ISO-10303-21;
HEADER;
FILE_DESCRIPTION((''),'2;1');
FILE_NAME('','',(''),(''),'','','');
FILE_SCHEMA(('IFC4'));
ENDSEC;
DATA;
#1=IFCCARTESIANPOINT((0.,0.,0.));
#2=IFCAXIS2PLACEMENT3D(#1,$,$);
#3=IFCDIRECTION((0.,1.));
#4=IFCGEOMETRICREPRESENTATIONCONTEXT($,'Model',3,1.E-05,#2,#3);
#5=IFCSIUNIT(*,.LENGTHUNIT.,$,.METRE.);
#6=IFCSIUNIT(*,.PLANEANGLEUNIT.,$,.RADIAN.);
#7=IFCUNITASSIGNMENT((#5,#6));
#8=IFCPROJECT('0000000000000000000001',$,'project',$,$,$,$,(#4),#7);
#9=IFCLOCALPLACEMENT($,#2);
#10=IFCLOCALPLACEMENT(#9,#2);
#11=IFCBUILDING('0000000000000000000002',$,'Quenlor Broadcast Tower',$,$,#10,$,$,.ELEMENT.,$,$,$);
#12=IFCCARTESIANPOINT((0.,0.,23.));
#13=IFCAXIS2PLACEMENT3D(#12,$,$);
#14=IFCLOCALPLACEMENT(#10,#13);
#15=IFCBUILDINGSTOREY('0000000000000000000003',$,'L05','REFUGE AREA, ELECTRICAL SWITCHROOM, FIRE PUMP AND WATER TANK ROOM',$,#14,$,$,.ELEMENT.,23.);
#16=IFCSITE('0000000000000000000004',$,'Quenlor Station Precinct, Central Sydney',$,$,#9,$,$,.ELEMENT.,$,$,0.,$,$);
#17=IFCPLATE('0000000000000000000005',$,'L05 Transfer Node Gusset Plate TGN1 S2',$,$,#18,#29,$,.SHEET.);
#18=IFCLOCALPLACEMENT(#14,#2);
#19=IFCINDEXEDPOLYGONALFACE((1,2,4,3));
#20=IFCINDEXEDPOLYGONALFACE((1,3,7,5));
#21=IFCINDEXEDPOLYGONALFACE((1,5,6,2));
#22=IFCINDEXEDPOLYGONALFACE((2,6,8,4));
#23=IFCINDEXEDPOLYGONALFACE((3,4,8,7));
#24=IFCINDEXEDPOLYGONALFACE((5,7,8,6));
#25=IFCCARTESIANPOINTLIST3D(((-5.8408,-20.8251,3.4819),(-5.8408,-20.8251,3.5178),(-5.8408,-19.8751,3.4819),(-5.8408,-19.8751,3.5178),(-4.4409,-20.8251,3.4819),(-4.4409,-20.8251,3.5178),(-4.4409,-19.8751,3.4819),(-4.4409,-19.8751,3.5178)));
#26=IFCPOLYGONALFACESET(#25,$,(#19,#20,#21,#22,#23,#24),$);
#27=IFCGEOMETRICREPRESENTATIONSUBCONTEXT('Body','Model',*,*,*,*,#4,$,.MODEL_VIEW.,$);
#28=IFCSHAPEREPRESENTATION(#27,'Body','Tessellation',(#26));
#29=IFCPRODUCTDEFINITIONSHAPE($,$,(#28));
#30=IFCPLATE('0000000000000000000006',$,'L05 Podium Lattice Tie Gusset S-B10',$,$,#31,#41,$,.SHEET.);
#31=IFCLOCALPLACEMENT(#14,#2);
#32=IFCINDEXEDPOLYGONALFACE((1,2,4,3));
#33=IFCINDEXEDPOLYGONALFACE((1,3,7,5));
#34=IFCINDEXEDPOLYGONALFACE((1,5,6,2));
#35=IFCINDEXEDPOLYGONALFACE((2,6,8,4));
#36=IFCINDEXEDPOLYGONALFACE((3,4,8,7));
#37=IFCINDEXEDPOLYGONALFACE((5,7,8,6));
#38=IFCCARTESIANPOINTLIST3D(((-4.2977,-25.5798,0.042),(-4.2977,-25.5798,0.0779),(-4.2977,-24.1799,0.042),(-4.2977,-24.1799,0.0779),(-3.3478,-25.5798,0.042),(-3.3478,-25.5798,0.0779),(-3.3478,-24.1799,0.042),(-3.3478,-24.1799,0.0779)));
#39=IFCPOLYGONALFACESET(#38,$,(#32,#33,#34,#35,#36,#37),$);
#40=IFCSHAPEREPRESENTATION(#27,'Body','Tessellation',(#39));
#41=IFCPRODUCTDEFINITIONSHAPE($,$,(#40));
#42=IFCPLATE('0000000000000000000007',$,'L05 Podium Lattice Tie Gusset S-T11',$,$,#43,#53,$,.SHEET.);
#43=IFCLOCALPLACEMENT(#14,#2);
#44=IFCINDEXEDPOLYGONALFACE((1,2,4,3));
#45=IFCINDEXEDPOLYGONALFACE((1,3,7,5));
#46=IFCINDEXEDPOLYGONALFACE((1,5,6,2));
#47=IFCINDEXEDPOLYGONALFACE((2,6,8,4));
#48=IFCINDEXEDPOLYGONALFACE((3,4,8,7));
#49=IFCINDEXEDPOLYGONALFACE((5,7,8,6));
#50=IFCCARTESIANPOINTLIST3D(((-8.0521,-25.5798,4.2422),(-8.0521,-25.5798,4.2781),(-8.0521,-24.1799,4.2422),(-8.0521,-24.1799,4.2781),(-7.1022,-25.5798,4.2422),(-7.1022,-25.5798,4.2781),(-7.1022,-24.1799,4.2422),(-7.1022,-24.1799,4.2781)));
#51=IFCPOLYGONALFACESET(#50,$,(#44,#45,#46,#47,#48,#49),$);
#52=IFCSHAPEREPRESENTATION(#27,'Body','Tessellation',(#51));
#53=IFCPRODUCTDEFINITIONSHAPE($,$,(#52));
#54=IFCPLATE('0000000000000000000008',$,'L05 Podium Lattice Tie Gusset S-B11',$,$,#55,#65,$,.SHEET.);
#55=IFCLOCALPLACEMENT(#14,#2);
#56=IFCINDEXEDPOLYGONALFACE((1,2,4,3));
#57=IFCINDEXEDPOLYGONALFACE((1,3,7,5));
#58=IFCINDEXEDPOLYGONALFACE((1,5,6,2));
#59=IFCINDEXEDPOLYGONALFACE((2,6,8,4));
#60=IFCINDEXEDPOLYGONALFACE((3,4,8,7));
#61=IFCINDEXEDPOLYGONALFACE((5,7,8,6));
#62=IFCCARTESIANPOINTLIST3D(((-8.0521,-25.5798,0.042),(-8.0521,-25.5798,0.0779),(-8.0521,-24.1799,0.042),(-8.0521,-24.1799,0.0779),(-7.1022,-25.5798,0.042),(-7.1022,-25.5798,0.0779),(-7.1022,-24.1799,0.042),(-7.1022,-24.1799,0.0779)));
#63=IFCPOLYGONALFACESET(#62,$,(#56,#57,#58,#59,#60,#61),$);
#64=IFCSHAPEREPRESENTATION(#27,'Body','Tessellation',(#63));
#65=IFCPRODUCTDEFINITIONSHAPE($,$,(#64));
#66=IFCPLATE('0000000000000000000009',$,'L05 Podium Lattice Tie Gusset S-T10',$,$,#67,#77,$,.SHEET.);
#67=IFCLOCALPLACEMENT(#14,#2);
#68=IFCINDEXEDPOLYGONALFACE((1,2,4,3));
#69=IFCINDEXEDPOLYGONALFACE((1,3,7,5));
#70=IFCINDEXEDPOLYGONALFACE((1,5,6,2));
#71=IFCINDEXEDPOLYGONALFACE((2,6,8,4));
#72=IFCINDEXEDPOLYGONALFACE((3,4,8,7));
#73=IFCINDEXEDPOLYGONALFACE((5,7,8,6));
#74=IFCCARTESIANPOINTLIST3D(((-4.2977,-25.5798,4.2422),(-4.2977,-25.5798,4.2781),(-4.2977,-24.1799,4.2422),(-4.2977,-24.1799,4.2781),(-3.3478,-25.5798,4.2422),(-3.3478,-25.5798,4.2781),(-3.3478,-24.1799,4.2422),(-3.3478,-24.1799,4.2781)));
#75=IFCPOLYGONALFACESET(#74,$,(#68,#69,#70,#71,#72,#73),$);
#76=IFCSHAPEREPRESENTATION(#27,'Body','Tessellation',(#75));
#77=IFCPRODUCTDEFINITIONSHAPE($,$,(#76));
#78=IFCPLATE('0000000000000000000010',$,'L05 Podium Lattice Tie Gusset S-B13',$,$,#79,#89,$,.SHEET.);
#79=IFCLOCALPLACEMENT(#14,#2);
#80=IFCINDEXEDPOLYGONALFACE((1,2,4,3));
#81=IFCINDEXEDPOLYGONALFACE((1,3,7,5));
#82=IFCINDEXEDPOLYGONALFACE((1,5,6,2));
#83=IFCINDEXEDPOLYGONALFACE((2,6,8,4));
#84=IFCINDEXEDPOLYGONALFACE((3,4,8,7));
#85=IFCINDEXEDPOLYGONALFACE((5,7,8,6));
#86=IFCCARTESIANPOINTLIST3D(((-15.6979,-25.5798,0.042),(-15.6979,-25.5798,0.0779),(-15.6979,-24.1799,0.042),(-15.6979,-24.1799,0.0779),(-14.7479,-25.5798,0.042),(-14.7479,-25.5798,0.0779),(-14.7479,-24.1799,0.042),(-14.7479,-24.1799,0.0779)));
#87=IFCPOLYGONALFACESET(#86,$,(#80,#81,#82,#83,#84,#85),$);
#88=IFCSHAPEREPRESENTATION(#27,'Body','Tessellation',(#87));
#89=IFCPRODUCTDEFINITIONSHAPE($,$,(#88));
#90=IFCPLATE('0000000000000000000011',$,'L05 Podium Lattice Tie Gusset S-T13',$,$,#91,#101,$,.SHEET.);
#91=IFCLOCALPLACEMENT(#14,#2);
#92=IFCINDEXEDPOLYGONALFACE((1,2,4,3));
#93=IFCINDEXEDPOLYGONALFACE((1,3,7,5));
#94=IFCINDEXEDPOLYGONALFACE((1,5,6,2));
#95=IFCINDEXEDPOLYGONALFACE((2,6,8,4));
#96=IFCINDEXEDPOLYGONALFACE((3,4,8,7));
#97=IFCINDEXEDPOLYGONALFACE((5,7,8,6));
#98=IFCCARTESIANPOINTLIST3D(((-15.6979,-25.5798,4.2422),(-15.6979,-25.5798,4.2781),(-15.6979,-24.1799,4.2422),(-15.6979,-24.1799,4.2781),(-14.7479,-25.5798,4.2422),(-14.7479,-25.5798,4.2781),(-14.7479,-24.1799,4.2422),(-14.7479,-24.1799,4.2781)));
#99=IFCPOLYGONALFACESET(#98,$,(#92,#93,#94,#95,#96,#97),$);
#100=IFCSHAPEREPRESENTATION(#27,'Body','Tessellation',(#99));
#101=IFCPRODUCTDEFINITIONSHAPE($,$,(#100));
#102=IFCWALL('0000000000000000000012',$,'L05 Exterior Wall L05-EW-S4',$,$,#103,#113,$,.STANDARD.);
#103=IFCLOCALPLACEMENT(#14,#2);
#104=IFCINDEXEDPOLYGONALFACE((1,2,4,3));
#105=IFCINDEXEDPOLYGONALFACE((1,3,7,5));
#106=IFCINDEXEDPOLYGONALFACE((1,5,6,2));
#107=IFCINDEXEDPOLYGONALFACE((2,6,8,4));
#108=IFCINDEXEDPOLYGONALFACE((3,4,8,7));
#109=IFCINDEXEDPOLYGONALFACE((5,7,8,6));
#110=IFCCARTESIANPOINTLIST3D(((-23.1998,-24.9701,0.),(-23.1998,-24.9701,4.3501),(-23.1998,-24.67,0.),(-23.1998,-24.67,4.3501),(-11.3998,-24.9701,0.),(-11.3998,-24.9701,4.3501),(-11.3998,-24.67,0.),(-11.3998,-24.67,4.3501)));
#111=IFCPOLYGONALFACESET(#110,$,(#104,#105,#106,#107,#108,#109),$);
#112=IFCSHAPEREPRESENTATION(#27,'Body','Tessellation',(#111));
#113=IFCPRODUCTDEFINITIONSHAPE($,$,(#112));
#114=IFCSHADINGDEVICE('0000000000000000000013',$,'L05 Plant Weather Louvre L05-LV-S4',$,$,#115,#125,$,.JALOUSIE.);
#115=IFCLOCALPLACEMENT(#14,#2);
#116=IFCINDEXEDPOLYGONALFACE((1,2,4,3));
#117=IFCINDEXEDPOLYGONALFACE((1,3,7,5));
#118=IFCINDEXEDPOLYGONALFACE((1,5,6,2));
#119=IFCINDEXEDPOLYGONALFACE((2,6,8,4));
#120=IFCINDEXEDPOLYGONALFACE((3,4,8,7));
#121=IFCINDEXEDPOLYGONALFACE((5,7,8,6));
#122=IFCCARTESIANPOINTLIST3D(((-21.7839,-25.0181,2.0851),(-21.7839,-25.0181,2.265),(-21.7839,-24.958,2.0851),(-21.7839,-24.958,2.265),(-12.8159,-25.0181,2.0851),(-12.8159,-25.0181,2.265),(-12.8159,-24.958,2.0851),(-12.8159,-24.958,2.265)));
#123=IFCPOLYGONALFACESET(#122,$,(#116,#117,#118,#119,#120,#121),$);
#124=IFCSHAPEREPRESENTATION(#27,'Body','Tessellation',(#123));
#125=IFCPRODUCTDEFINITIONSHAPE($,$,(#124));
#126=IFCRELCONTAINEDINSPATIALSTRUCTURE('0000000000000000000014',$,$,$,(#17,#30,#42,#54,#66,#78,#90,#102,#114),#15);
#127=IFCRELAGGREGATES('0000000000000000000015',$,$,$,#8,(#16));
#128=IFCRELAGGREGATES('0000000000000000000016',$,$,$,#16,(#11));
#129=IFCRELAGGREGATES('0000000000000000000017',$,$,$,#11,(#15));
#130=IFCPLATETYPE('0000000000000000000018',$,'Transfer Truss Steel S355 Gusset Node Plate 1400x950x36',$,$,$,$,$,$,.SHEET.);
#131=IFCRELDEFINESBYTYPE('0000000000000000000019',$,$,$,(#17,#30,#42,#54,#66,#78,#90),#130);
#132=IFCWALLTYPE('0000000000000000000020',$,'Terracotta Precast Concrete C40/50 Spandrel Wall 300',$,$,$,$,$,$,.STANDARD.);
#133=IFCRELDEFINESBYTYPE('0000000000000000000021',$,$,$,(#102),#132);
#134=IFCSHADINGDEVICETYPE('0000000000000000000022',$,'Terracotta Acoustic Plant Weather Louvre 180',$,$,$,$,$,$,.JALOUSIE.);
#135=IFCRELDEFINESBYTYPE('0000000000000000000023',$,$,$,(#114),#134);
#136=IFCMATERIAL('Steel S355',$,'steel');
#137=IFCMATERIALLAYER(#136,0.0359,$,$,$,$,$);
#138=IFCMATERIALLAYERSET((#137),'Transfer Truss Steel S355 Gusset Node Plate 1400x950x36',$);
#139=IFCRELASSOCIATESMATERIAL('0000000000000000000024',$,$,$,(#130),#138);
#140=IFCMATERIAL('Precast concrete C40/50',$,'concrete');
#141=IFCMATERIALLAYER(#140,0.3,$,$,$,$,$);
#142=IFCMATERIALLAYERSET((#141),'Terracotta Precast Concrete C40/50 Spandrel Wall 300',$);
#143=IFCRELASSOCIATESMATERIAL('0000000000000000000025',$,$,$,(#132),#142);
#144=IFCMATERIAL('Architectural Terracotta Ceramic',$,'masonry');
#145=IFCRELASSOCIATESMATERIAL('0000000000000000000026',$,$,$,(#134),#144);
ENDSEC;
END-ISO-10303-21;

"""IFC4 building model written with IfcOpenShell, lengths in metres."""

from ifc_helpers import new_model, si_unit, direction, frame, frame_2d, origin, origin_2d, place, context, subcontext, project, spatial, rectangle, extrude, material, layer, layer_set, material_profile, profile_set, type_object, element, save


model = new_model("IFC4")

# Units and contexts
model_context = context("Model", 3, precision=1e-05, world=origin(), true_north=direction((0.0, 1.0)))
body_context = subcontext(model_context, "Body", "Model", "MODEL_VIEW")
ifc_project = project(units=[si_unit("LENGTHUNIT", "METRE"), si_unit("PLANEANGLEUNIT", "RADIAN")], contexts=[model_context])

# Site, building, storey
site_placement = place(None, origin())
site = spatial("IfcSite", under=ifc_project, at=site_placement, Name="Quenlor Station Precinct, Central Sydney", CompositionType="ELEMENT", RefElevation=0.0)
building_placement = place(site_placement, origin())
building = spatial("IfcBuilding", under=site, at=building_placement, Name="Quenlor Broadcast Tower", CompositionType="ELEMENT")
storey_placement = place(building_placement, frame((0.0, 0.0, 23.0)))
storey = spatial("IfcBuildingStorey", under=building, at=storey_placement, Name="L05", Description="REFUGE AREA, ELECTRICAL SWITCHROOM, FIRE PUMP AND WATER TANK ROOM", CompositionType="ELEMENT", Elevation=23.0)

# Plates
ifc_material_1 = material(Name="Steel S355", Category="steel")
ifc_layer_1 = layer(ifc_material_1, 0.0359)
ifc_layer_set_1 = layer_set([ifc_layer_1], Name="Transfer Truss Steel S355 Gusset Node Plate 1400x950x36")
plate_type_1 = type_object("IfcPlateType", Name="Transfer Truss Steel S355 Gusset Node Plate 1400x950x36", PredefinedType="SHEET", material=ifc_layer_set_1)
for number, where, z_axis, x_axis, name in (
    (1, (-5.1409, -20.3501, 3.4819), (0.0, 0.0, 1.0), (1.0, 0.0, 0.0), "L05 Transfer Node Gusset Plate TGN1 S2"),
    (2, (-3.8228, -24.8799, 0.042), (0.0, 0.0, 1.0), (0.0, -1.0, 0.0), "L05 Podium Lattice Tie Gusset S-B10"),
    (3, (-7.5771, -24.8799, 4.2422), (0.0, 0.0, 1.0), (0.0, -1.0, 0.0), "L05 Podium Lattice Tie Gusset S-T11"),
    (4, (-7.5771, -24.8799, 0.042), (0.0, 0.0, 1.0), (0.0, -1.0, 0.0), "L05 Podium Lattice Tie Gusset S-B11"),
    (5, (-3.8228, -24.8799, 4.2422), (0.0, 0.0, 1.0), (0.0, -1.0, 0.0), "L05 Podium Lattice Tie Gusset S-T10"),
    (6, (-15.2229, -24.8799, 0.042), (0.0, 0.0, 1.0), (0.0, -1.0, 0.0), "L05 Podium Lattice Tie Gusset S-B13"),
    (7, (-15.2229, -24.8799, 4.2422), (0.0, 0.0, 1.0), (0.0, -1.0, 0.0), "L05 Podium Lattice Tie Gusset S-T13"),
):
    element("IfcPlate", number, at=place(storey_placement, frame(where, z_axis=z_axis, x_axis=x_axis)), inside=storey, type_object=plate_type_1, Name=name, PredefinedType="SHEET", context=body_context, shape_type="SweptSolid", body=[
        extrude(rectangle(XDim=1.3999, YDim=0.95, at=origin_2d()), origin(), (0.0, 0.0, 1.0), 0.0359),
    ])

# Wall
ifc_material_2 = material(Name="Precast concrete C40/50", Category="concrete")
ifc_layer_2 = layer(ifc_material_2, 0.3)
ifc_layer_set_2 = layer_set([ifc_layer_2], Name="Terracotta Precast Concrete C40/50 Spandrel Wall 300")
wall_type = type_object("IfcWallType", Name="Terracotta Precast Concrete C40/50 Spandrel Wall 300", PredefinedType="STANDARD", material=ifc_layer_set_2)
wall_placement = place(storey_placement, frame((-11.3999, -24.8201, 0.0), z_axis=(0.0, 0.0, 1.0), x_axis=(-1.0, 0.0, 0.0)))
element("IfcWall", 8, at=wall_placement, inside=storey, type_object=wall_type, Name="L05 Exterior Wall L05-EW-S4", PredefinedType="STANDARD", context=body_context, shape_type="SweptSolid", body=[
    extrude(rectangle(XDim=11.8, YDim=0.3, at=frame_2d((5.8999, 0.0))), origin(), (0.0, 0.0, 1.0), 4.3501),
])

# Shading device
ifc_material_3 = material(Name="Architectural Terracotta Ceramic", Category="masonry")
ifc_material_profile_1 = material_profile(ifc_material_3, rectangle(XDim=0.0601, YDim=0.1799, at=origin_2d()))
ifc_profile_set_1 = profile_set([ifc_material_profile_1], Name="Architectural Terracotta Ceramic LVR60x180")
shading_device_type = type_object("IfcShadingDeviceType", Name="Terracotta Acoustic Plant Weather Louvre 180", PredefinedType="JALOUSIE", material=ifc_profile_set_1)
shading_device_placement = place(storey_placement, frame((-12.8159, -24.988, 2.175), z_axis=(-1.0, 0.0, 0.0), x_axis=(0.0, -1.0, 0.0)))
element("IfcShadingDevice", 9, at=shading_device_placement, inside=storey, type_object=shading_device_type, Name="L05 Plant Weather Louvre L05-LV-S4", PredefinedType="JALOUSIE", context=body_context, shape_type="SweptSolid", body=[
    extrude(rectangle(XDim=0.0601, YDim=0.1799, at=origin_2d()), origin(), (0.0, 0.0, 1.0), 8.968),
])

save(model, "model.ifc")
